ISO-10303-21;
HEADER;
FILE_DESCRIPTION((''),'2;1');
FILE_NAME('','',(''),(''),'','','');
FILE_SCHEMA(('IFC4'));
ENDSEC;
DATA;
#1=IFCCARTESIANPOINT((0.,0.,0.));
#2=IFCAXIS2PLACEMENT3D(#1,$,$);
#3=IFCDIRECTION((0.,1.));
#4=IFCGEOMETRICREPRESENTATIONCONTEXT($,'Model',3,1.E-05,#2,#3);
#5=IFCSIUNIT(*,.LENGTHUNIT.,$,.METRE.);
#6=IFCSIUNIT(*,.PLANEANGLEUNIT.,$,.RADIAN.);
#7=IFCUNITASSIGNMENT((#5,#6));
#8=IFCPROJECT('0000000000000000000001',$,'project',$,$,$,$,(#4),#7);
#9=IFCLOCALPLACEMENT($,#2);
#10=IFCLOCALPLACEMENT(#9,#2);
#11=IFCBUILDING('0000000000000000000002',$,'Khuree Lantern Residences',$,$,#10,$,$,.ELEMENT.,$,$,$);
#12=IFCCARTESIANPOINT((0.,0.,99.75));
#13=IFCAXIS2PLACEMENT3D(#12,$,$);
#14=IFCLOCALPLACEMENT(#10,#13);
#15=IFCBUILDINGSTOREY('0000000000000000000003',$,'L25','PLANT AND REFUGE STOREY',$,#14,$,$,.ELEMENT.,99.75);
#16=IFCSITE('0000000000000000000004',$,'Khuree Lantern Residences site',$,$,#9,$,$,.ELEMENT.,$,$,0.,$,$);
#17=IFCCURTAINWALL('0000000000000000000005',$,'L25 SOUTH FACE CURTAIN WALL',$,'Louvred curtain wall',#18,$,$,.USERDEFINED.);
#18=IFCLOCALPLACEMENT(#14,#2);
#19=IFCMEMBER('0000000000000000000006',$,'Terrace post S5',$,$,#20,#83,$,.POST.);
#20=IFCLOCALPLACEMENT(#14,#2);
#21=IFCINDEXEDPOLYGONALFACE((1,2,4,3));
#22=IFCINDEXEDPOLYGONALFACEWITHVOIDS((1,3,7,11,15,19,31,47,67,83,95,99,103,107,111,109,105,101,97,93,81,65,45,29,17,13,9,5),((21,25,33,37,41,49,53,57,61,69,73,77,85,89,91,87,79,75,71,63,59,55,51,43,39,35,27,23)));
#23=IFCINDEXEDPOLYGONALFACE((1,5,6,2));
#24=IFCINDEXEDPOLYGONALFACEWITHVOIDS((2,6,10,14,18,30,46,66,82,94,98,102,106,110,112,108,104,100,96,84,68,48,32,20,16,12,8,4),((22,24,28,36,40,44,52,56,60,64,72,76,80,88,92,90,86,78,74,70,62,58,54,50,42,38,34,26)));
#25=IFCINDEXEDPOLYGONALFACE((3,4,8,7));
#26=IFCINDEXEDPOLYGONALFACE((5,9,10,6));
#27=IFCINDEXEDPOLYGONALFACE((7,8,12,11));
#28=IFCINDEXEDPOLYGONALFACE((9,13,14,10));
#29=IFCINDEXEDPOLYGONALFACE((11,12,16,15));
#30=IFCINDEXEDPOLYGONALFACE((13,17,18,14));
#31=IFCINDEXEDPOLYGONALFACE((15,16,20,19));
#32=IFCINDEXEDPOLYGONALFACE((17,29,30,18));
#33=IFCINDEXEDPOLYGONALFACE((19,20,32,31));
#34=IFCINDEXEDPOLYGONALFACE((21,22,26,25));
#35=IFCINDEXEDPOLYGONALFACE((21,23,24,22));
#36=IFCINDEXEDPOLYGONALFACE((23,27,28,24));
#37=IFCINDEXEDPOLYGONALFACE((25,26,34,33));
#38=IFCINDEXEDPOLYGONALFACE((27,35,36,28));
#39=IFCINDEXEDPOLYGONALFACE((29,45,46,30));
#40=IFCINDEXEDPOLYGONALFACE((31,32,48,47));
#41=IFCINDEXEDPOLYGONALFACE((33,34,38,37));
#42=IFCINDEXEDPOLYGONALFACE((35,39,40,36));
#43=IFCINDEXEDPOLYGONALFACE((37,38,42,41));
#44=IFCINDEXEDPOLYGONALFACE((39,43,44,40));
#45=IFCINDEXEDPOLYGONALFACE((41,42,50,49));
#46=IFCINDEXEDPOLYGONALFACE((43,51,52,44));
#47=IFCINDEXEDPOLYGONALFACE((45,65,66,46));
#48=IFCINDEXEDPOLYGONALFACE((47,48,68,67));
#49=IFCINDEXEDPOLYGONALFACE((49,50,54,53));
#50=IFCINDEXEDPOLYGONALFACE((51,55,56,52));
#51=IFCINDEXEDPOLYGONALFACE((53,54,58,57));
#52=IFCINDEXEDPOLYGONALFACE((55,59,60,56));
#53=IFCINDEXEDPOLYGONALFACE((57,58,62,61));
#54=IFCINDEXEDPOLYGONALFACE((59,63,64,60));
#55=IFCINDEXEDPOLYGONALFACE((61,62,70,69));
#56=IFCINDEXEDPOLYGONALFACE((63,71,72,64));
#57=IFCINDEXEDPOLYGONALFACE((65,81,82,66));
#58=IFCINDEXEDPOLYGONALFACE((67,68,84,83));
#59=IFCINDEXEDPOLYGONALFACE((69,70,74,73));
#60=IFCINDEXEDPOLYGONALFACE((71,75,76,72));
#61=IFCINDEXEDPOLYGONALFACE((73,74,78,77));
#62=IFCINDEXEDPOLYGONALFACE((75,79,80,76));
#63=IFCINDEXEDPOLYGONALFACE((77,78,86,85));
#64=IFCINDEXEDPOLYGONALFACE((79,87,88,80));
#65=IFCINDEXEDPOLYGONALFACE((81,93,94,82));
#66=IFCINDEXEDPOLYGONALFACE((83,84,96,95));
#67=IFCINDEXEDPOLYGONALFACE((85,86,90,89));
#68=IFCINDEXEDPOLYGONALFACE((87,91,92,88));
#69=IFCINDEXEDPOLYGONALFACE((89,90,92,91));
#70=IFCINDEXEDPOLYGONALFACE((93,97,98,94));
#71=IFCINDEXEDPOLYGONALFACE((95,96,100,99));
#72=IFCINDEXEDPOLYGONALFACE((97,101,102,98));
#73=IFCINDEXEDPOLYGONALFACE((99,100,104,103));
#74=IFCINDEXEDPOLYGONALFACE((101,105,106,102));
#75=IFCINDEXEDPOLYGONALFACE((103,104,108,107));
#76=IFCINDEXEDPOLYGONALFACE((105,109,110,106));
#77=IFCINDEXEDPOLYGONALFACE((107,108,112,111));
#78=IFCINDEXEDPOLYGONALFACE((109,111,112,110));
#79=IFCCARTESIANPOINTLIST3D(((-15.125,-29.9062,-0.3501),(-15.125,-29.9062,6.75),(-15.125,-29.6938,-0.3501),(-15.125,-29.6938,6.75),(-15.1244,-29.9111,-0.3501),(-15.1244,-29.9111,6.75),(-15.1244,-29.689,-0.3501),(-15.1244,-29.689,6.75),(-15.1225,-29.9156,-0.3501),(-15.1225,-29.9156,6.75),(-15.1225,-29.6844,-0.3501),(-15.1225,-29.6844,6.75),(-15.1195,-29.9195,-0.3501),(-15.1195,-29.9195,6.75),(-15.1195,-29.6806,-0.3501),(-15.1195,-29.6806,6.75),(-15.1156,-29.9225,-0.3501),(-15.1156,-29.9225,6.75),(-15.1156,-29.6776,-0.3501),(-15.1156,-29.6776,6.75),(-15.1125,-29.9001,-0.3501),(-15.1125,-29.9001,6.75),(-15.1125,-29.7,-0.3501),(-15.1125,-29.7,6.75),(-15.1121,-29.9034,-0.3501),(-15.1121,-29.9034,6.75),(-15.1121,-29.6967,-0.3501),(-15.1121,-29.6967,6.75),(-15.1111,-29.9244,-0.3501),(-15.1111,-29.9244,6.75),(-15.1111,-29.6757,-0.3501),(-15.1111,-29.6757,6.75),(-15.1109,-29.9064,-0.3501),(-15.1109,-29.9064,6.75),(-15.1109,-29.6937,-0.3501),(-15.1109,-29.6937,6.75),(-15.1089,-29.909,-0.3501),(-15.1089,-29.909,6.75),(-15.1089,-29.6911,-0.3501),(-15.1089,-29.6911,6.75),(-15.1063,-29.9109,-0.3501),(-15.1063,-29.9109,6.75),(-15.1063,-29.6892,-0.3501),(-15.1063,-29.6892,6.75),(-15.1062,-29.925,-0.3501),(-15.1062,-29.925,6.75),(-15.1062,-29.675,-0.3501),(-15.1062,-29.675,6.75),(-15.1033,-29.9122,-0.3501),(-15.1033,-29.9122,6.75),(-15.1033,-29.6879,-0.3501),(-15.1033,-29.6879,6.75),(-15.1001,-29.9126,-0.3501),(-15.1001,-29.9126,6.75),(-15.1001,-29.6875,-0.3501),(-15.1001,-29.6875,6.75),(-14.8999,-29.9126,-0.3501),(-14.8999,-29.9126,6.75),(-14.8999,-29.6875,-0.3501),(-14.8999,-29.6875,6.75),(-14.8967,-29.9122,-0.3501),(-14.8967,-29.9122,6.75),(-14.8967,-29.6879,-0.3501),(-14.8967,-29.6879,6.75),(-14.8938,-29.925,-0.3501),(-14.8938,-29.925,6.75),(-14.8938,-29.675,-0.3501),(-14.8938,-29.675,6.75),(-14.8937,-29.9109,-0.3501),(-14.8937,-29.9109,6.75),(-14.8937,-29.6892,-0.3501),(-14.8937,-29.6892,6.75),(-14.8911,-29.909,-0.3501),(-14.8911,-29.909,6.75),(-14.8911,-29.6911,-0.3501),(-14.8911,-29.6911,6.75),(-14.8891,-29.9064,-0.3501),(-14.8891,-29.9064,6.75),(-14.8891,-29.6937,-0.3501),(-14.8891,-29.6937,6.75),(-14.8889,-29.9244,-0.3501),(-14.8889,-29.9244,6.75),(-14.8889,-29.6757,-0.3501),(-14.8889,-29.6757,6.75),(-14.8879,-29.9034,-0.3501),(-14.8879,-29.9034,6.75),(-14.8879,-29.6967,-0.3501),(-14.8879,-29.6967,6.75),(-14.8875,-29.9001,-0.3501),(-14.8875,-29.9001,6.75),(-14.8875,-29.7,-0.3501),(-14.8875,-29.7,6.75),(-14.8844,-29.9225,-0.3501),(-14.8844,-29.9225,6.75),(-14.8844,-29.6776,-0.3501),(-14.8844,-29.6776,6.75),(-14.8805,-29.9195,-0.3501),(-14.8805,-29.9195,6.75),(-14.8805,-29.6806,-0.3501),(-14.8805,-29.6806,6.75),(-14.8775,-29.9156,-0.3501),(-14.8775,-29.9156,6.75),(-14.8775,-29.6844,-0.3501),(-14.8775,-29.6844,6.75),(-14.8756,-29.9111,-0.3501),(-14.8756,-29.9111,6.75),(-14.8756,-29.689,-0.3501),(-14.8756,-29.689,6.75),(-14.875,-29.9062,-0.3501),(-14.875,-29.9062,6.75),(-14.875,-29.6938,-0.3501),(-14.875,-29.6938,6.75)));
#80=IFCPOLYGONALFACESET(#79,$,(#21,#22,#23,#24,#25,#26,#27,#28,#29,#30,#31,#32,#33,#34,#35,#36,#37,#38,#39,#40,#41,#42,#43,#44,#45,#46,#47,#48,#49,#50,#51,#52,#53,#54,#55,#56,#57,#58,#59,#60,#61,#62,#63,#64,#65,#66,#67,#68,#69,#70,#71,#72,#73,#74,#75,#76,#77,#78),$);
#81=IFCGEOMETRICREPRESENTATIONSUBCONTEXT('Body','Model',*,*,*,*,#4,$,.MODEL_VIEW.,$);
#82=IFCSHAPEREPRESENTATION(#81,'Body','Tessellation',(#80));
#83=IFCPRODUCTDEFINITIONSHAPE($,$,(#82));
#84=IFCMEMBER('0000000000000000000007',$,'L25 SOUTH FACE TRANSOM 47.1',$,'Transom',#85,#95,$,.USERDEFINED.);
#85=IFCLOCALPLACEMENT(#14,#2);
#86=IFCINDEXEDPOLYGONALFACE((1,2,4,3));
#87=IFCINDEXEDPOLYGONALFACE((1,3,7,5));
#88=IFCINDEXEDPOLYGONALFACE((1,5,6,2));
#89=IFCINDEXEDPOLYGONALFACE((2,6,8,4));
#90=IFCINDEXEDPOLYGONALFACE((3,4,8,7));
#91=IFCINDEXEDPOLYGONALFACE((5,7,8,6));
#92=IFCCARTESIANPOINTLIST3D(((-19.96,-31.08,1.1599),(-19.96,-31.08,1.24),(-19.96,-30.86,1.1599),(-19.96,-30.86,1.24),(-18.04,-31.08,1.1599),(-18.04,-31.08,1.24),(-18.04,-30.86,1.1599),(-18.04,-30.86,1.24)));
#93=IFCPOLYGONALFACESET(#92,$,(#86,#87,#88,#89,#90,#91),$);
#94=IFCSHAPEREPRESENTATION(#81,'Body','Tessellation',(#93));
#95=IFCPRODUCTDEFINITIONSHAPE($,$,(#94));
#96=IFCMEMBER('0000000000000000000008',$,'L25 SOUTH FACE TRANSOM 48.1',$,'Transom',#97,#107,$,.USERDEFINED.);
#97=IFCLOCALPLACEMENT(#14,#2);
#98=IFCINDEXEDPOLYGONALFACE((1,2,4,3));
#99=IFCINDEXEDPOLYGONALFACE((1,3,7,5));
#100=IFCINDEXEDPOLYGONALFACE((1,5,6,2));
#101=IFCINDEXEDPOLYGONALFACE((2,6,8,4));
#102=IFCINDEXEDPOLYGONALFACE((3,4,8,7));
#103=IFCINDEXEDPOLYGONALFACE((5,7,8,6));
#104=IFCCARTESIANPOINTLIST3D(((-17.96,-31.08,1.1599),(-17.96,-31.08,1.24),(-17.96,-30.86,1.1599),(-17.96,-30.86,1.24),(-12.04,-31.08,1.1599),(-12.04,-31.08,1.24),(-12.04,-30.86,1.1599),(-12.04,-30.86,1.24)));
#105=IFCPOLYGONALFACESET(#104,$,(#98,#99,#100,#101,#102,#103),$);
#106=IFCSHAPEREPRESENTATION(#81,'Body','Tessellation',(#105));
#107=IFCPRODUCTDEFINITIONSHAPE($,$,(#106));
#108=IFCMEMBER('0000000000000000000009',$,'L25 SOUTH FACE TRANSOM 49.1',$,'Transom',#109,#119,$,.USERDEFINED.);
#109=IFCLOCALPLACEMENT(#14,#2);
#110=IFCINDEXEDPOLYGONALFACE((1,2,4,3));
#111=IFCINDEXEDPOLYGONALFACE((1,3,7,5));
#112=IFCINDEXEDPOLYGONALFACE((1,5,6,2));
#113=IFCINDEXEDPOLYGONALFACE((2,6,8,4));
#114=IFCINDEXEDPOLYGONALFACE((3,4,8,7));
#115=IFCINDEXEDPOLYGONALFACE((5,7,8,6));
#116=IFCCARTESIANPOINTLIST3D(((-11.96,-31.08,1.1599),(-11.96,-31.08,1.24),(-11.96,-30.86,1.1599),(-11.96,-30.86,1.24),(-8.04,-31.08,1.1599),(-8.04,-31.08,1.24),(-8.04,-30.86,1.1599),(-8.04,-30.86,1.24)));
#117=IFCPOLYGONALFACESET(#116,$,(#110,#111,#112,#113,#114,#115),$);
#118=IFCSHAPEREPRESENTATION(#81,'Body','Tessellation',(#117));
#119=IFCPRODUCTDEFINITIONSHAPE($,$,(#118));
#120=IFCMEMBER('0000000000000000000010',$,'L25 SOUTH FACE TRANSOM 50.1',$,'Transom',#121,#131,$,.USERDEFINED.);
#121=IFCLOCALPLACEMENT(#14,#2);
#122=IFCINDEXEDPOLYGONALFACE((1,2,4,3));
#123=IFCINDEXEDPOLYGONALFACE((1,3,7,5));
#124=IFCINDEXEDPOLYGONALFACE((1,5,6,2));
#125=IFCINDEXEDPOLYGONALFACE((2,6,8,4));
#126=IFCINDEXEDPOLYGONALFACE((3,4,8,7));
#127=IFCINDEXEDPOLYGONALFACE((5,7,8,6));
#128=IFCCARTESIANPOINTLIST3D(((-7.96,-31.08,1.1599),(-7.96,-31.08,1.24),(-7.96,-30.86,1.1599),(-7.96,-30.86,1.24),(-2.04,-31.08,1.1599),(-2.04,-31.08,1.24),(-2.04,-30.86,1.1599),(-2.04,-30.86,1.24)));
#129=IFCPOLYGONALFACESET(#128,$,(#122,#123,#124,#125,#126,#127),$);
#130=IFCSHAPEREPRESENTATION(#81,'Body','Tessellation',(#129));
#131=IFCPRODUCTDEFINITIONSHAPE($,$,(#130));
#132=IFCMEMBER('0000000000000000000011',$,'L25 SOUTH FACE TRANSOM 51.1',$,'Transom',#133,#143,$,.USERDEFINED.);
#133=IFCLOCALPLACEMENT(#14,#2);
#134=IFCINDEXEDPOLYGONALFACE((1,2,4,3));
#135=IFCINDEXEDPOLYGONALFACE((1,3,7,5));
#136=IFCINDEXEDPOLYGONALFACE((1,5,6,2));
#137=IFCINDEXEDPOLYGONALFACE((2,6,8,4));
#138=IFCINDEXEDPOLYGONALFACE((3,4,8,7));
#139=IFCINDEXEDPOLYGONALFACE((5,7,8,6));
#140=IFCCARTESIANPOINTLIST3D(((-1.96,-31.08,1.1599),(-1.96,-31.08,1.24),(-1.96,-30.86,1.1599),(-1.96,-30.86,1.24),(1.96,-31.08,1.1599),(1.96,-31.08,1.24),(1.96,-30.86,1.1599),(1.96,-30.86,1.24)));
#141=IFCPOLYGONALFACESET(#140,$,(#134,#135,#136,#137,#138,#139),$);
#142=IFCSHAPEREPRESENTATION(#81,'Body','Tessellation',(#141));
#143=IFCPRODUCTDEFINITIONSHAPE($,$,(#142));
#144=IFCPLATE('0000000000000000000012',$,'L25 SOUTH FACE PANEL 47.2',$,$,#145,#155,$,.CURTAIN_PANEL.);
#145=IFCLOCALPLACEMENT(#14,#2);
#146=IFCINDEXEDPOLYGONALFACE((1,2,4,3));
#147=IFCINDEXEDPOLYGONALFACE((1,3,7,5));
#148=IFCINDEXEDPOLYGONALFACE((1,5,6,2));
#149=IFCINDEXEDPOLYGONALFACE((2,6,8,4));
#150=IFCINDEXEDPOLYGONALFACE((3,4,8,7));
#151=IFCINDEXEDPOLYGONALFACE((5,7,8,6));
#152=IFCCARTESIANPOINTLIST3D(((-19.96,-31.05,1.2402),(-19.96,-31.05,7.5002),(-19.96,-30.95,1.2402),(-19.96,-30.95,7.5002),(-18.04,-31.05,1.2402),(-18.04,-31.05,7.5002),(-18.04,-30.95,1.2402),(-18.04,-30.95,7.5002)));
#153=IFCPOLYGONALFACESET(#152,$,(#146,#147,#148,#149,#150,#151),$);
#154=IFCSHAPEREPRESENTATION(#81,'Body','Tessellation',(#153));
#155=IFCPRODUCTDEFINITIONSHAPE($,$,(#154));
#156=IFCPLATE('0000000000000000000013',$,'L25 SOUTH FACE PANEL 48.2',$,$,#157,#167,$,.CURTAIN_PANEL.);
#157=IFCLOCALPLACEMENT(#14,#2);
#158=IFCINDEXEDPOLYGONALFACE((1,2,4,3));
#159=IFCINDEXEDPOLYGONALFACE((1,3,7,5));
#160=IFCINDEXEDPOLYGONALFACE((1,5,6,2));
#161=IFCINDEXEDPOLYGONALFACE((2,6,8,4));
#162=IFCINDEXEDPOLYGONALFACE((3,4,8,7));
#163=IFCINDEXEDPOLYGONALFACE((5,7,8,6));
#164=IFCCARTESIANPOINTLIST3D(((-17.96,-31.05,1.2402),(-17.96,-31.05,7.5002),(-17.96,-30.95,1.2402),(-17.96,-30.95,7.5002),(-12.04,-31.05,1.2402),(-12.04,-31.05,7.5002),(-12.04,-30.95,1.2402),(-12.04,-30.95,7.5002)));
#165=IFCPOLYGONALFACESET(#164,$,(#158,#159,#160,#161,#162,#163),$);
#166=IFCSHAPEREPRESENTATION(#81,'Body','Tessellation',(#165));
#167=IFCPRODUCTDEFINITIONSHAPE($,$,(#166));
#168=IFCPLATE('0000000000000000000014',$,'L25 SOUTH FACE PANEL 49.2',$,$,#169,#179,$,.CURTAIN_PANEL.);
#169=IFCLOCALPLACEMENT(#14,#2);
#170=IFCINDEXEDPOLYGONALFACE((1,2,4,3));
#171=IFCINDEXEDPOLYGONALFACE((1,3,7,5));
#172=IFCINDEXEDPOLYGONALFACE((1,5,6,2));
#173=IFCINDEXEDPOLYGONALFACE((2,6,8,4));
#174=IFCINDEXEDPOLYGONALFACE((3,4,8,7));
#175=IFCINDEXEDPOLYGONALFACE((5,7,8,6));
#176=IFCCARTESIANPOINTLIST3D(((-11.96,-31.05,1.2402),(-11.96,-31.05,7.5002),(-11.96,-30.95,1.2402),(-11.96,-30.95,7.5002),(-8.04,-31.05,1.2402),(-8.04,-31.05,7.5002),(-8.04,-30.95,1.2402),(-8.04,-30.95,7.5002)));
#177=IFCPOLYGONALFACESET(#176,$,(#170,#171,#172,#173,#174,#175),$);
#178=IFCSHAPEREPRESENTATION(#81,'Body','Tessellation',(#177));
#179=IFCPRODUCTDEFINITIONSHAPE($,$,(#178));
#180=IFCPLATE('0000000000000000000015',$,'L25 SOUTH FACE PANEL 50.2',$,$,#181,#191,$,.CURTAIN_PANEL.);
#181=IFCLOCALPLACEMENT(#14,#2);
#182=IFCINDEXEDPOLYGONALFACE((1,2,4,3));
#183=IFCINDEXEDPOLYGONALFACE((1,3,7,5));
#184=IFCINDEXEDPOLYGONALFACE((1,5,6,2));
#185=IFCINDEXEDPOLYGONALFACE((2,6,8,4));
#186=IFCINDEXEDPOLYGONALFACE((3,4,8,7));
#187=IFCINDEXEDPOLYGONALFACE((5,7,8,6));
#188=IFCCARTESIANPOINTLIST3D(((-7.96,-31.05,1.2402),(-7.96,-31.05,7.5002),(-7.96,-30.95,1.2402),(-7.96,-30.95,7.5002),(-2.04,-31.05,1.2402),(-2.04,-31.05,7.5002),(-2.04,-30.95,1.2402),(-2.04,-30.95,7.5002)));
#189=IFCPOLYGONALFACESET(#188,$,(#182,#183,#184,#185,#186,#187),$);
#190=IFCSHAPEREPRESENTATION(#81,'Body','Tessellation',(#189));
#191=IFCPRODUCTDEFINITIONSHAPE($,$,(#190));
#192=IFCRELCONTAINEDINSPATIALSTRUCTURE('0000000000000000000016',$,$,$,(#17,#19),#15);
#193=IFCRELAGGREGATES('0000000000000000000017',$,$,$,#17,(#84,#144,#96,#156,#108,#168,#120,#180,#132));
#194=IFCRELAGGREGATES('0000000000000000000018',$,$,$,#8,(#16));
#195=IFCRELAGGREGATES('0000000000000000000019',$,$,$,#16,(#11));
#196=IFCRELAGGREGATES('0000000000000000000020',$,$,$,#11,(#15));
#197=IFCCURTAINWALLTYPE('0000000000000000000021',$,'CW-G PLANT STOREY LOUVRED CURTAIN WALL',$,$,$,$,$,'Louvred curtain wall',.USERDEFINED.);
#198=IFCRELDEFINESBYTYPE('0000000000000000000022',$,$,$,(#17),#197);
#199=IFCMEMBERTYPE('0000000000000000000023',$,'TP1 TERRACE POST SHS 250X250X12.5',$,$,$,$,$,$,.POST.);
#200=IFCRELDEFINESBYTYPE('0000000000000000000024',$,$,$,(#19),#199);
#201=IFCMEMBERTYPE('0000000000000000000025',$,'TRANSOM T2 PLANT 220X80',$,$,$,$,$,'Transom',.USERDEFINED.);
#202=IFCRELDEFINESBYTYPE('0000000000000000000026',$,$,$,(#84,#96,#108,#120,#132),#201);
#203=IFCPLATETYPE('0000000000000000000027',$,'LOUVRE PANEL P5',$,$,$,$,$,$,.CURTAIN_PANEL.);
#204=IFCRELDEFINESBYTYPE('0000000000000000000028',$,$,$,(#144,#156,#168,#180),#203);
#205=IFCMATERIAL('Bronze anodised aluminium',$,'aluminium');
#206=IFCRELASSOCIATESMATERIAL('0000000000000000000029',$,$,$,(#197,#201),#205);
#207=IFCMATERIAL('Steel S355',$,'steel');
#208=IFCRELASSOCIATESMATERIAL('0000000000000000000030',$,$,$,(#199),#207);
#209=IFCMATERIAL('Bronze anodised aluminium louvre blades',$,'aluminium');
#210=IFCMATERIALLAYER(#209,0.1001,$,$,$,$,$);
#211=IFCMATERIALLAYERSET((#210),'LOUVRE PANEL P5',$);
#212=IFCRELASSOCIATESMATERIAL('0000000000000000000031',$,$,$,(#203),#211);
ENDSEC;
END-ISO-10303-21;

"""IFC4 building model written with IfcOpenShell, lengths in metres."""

from ifc_helpers import new_model, si_unit, direction, frame, origin, origin_2d, place, context, subcontext, project, spatial, rectangle, hollow_rectangle, extrude, material, layer, layer_set, material_profile, profile_set, type_object, element, aggregate, save


model = new_model("IFC4")

# Units and contexts
model_context = context("Model", 3, precision=1e-05, world=origin(), true_north=direction((0.0, 1.0)))
body_context = subcontext(model_context, "Body", "Model", "MODEL_VIEW")
ifc_project = project(units=[si_unit("LENGTHUNIT", "METRE"), si_unit("PLANEANGLEUNIT", "RADIAN")], contexts=[model_context])

# Site, building, storey
site_placement = place(None, origin())
site = spatial("IfcSite", under=ifc_project, at=site_placement, Name="Khuree Lantern Residences site", CompositionType="ELEMENT", RefElevation=0.0)
building_placement = place(site_placement, origin())
building = spatial("IfcBuilding", under=site, at=building_placement, Name="Khuree Lantern Residences", CompositionType="ELEMENT")
storey_placement = place(building_placement, frame((0.0, 0.0, 99.75)))
storey = spatial("IfcBuildingStorey", under=building, at=storey_placement, Name="L25", Description="PLANT AND REFUGE STOREY", CompositionType="ELEMENT", Elevation=99.75)

# Shared definitions
ifc_material_1 = material(Name="Steel S355", Category="steel")

# Curtain wall
ifc_material_2 = material(Name="Bronze anodised aluminium", Category="aluminium")
curtain_wall_type = type_object("IfcCurtainWallType", Name="CW-G PLANT STOREY LOUVRED CURTAIN WALL", ElementType="Louvred curtain wall", PredefinedType="USERDEFINED", material=ifc_material_2)
curtain_wall_placement = place(storey_placement, origin())
curtain_wall = element("IfcCurtainWall", 1, at=curtain_wall_placement, inside=storey, type_object=curtain_wall_type, Name="L25 SOUTH FACE CURTAIN WALL", ObjectType="Louvred curtain wall", PredefinedType="USERDEFINED")

# Member
ifc_material_profile_1 = material_profile(ifc_material_1, hollow_rectangle(XDim=0.25, YDim=0.25, WallThickness=0.0125, InnerFilletRadius=0.0125, OuterFilletRadius=0.0188, at=origin_2d()), Name="SHS 250X250X12.5")
ifc_profile_set_1 = profile_set([ifc_material_profile_1], Name="Steel S355")
member_type_1 = type_object("IfcMemberType", Name="TP1 TERRACE POST SHS 250X250X12.5", PredefinedType="POST", material=ifc_profile_set_1)
for number, where, z_axis, x_axis, name in (
    (2, (-15.0, -29.8, -0.3501), (0.0, 0.0, 1.0), (1.0, 0.0, 0.0), "Terrace post S5"),
):
    element("IfcMember", number, at=place(storey_placement, frame(where, z_axis=z_axis, x_axis=x_axis)), inside=storey, type_object=member_type_1, Name=name, PredefinedType="POST", context=body_context, shape_type="SweptSolid", body=[
        extrude(hollow_rectangle(XDim=0.25, YDim=0.25, WallThickness=0.0125, InnerFilletRadius=0.0125, OuterFilletRadius=0.0188, at=origin_2d()), origin(), (0.0, 0.0, 1.0), 7.1001),
    ])

# Members
ifc_material_profile_2 = material_profile(ifc_material_2, rectangle(XDim=0.22, YDim=0.0801, at=origin_2d()), Name="T2 220X80")
ifc_profile_set_2 = profile_set([ifc_material_profile_2], Name="Bronze anodised aluminium")
member_type_2 = type_object("IfcMemberType", Name="TRANSOM T2 PLANT 220X80", ElementType="Transom", PredefinedType="USERDEFINED", material=ifc_profile_set_2)
member_1_placement = place(storey_placement, frame((-19.96, -30.97, 1.2), z_axis=(1.0, 0.0, 0.0), x_axis=(0.0, 1.0, 0.0)))
member_1 = element("IfcMember", 3, at=member_1_placement, type_object=member_type_2, Name="L25 SOUTH FACE TRANSOM 47.1", ObjectType="Transom", PredefinedType="USERDEFINED", context=body_context, shape_type="SweptSolid", body=[
    extrude(rectangle(XDim=0.22, YDim=0.0801, at=origin_2d()), origin(), (0.0, 0.0, 1.0), 1.9199),
])
member_2_placement = place(storey_placement, frame((-17.96, -30.97, 1.2), z_axis=(1.0, 0.0, 0.0), x_axis=(0.0, 1.0, 0.0)))
member_2 = element("IfcMember", 4, at=member_2_placement, type_object=member_type_2, Name="L25 SOUTH FACE TRANSOM 48.1", ObjectType="Transom", PredefinedType="USERDEFINED", context=body_context, shape_type="SweptSolid", body=[
    extrude(rectangle(XDim=0.22, YDim=0.0801, at=origin_2d()), origin(), (0.0, 0.0, 1.0), 5.9199),
])
member_3_placement = place(storey_placement, frame((-11.96, -30.97, 1.2), z_axis=(1.0, 0.0, 0.0), x_axis=(0.0, 1.0, 0.0)))
member_3 = element("IfcMember", 5, at=member_3_placement, type_object=member_type_2, Name="L25 SOUTH FACE TRANSOM 49.1", ObjectType="Transom", PredefinedType="USERDEFINED", context=body_context, shape_type="SweptSolid", body=[
    extrude(rectangle(XDim=0.22, YDim=0.0801, at=origin_2d()), origin(), (0.0, 0.0, 1.0), 3.9199),
])
member_4_placement = place(storey_placement, frame((-7.96, -30.97, 1.2), z_axis=(1.0, 0.0, 0.0), x_axis=(0.0, 1.0, 0.0)))
member_4 = element("IfcMember", 6, at=member_4_placement, type_object=member_type_2, Name="L25 SOUTH FACE TRANSOM 50.1", ObjectType="Transom", PredefinedType="USERDEFINED", context=body_context, shape_type="SweptSolid", body=[
    extrude(rectangle(XDim=0.22, YDim=0.0801, at=origin_2d()), origin(), (0.0, 0.0, 1.0), 5.9199),
])
member_5_placement = place(storey_placement, frame((-1.96, -30.97, 1.2), z_axis=(1.0, 0.0, 0.0), x_axis=(0.0, 1.0, 0.0)))
member_5 = element("IfcMember", 7, at=member_5_placement, type_object=member_type_2, Name="L25 SOUTH FACE TRANSOM 51.1", ObjectType="Transom", PredefinedType="USERDEFINED", context=body_context, shape_type="SweptSolid", body=[
    extrude(rectangle(XDim=0.22, YDim=0.0801, at=origin_2d()), origin(), (0.0, 0.0, 1.0), 3.9199),
])

# Plates
ifc_material_3 = material(Name="Bronze anodised aluminium louvre blades", Category="aluminium")
ifc_layer_1 = layer(ifc_material_3, 0.1001)
ifc_layer_set_1 = layer_set([ifc_layer_1], Name="LOUVRE PANEL P5")
plate_type_1 = type_object("IfcPlateType", Name="LOUVRE PANEL P5", PredefinedType="CURTAIN_PANEL", material=ifc_layer_set_1)
plate_1_placement = place(storey_placement, frame((-19.0, -31.0, 1.2402), z_axis=(0.0, 0.0, 1.0), x_axis=(1.0, 0.0, 0.0)))
plate_1 = element("IfcPlate", 8, at=plate_1_placement, type_object=plate_type_1, Name="L25 SOUTH FACE PANEL 47.2", PredefinedType="CURTAIN_PANEL", context=body_context, shape_type="SweptSolid", body=[
    extrude(rectangle(XDim=1.9199, YDim=0.1001, at=origin_2d()), origin(), (0.0, 0.0, 1.0), 6.26),
])
plate_2_placement = place(storey_placement, frame((-15.0, -31.0, 1.2402), z_axis=(0.0, 0.0, 1.0), x_axis=(1.0, 0.0, 0.0)))
plate_2 = element("IfcPlate", 9, at=plate_2_placement, type_object=plate_type_1, Name="L25 SOUTH FACE PANEL 48.2", PredefinedType="CURTAIN_PANEL", context=body_context, shape_type="SweptSolid", body=[
    extrude(rectangle(XDim=5.9199, YDim=0.1001, at=origin_2d()), origin(), (0.0, 0.0, 1.0), 6.26),
])
plate_3_placement = place(storey_placement, frame((-10.0, -31.0, 1.2402), z_axis=(0.0, 0.0, 1.0), x_axis=(1.0, 0.0, 0.0)))
plate_3 = element("IfcPlate", 10, at=plate_3_placement, type_object=plate_type_1, Name="L25 SOUTH FACE PANEL 49.2", PredefinedType="CURTAIN_PANEL", context=body_context, shape_type="SweptSolid", body=[
    extrude(rectangle(XDim=3.9199, YDim=0.1001, at=origin_2d()), origin(), (0.0, 0.0, 1.0), 6.26),
])
plate_4_placement = place(storey_placement, frame((-5.0, -31.0, 1.2402), z_axis=(0.0, 0.0, 1.0), x_axis=(1.0, 0.0, 0.0)))
plate_4 = element("IfcPlate", 11, at=plate_4_placement, type_object=plate_type_1, Name="L25 SOUTH FACE PANEL 50.2", PredefinedType="CURTAIN_PANEL", context=body_context, shape_type="SweptSolid", body=[
    extrude(rectangle(XDim=5.9199, YDim=0.1001, at=origin_2d()), origin(), (0.0, 0.0, 1.0), 6.26),
])
aggregate(curtain_wall, [member_1, plate_1, member_2, plate_2, member_3, plate_3, member_4, plate_4, member_5])

save(model, "model.ifc")
